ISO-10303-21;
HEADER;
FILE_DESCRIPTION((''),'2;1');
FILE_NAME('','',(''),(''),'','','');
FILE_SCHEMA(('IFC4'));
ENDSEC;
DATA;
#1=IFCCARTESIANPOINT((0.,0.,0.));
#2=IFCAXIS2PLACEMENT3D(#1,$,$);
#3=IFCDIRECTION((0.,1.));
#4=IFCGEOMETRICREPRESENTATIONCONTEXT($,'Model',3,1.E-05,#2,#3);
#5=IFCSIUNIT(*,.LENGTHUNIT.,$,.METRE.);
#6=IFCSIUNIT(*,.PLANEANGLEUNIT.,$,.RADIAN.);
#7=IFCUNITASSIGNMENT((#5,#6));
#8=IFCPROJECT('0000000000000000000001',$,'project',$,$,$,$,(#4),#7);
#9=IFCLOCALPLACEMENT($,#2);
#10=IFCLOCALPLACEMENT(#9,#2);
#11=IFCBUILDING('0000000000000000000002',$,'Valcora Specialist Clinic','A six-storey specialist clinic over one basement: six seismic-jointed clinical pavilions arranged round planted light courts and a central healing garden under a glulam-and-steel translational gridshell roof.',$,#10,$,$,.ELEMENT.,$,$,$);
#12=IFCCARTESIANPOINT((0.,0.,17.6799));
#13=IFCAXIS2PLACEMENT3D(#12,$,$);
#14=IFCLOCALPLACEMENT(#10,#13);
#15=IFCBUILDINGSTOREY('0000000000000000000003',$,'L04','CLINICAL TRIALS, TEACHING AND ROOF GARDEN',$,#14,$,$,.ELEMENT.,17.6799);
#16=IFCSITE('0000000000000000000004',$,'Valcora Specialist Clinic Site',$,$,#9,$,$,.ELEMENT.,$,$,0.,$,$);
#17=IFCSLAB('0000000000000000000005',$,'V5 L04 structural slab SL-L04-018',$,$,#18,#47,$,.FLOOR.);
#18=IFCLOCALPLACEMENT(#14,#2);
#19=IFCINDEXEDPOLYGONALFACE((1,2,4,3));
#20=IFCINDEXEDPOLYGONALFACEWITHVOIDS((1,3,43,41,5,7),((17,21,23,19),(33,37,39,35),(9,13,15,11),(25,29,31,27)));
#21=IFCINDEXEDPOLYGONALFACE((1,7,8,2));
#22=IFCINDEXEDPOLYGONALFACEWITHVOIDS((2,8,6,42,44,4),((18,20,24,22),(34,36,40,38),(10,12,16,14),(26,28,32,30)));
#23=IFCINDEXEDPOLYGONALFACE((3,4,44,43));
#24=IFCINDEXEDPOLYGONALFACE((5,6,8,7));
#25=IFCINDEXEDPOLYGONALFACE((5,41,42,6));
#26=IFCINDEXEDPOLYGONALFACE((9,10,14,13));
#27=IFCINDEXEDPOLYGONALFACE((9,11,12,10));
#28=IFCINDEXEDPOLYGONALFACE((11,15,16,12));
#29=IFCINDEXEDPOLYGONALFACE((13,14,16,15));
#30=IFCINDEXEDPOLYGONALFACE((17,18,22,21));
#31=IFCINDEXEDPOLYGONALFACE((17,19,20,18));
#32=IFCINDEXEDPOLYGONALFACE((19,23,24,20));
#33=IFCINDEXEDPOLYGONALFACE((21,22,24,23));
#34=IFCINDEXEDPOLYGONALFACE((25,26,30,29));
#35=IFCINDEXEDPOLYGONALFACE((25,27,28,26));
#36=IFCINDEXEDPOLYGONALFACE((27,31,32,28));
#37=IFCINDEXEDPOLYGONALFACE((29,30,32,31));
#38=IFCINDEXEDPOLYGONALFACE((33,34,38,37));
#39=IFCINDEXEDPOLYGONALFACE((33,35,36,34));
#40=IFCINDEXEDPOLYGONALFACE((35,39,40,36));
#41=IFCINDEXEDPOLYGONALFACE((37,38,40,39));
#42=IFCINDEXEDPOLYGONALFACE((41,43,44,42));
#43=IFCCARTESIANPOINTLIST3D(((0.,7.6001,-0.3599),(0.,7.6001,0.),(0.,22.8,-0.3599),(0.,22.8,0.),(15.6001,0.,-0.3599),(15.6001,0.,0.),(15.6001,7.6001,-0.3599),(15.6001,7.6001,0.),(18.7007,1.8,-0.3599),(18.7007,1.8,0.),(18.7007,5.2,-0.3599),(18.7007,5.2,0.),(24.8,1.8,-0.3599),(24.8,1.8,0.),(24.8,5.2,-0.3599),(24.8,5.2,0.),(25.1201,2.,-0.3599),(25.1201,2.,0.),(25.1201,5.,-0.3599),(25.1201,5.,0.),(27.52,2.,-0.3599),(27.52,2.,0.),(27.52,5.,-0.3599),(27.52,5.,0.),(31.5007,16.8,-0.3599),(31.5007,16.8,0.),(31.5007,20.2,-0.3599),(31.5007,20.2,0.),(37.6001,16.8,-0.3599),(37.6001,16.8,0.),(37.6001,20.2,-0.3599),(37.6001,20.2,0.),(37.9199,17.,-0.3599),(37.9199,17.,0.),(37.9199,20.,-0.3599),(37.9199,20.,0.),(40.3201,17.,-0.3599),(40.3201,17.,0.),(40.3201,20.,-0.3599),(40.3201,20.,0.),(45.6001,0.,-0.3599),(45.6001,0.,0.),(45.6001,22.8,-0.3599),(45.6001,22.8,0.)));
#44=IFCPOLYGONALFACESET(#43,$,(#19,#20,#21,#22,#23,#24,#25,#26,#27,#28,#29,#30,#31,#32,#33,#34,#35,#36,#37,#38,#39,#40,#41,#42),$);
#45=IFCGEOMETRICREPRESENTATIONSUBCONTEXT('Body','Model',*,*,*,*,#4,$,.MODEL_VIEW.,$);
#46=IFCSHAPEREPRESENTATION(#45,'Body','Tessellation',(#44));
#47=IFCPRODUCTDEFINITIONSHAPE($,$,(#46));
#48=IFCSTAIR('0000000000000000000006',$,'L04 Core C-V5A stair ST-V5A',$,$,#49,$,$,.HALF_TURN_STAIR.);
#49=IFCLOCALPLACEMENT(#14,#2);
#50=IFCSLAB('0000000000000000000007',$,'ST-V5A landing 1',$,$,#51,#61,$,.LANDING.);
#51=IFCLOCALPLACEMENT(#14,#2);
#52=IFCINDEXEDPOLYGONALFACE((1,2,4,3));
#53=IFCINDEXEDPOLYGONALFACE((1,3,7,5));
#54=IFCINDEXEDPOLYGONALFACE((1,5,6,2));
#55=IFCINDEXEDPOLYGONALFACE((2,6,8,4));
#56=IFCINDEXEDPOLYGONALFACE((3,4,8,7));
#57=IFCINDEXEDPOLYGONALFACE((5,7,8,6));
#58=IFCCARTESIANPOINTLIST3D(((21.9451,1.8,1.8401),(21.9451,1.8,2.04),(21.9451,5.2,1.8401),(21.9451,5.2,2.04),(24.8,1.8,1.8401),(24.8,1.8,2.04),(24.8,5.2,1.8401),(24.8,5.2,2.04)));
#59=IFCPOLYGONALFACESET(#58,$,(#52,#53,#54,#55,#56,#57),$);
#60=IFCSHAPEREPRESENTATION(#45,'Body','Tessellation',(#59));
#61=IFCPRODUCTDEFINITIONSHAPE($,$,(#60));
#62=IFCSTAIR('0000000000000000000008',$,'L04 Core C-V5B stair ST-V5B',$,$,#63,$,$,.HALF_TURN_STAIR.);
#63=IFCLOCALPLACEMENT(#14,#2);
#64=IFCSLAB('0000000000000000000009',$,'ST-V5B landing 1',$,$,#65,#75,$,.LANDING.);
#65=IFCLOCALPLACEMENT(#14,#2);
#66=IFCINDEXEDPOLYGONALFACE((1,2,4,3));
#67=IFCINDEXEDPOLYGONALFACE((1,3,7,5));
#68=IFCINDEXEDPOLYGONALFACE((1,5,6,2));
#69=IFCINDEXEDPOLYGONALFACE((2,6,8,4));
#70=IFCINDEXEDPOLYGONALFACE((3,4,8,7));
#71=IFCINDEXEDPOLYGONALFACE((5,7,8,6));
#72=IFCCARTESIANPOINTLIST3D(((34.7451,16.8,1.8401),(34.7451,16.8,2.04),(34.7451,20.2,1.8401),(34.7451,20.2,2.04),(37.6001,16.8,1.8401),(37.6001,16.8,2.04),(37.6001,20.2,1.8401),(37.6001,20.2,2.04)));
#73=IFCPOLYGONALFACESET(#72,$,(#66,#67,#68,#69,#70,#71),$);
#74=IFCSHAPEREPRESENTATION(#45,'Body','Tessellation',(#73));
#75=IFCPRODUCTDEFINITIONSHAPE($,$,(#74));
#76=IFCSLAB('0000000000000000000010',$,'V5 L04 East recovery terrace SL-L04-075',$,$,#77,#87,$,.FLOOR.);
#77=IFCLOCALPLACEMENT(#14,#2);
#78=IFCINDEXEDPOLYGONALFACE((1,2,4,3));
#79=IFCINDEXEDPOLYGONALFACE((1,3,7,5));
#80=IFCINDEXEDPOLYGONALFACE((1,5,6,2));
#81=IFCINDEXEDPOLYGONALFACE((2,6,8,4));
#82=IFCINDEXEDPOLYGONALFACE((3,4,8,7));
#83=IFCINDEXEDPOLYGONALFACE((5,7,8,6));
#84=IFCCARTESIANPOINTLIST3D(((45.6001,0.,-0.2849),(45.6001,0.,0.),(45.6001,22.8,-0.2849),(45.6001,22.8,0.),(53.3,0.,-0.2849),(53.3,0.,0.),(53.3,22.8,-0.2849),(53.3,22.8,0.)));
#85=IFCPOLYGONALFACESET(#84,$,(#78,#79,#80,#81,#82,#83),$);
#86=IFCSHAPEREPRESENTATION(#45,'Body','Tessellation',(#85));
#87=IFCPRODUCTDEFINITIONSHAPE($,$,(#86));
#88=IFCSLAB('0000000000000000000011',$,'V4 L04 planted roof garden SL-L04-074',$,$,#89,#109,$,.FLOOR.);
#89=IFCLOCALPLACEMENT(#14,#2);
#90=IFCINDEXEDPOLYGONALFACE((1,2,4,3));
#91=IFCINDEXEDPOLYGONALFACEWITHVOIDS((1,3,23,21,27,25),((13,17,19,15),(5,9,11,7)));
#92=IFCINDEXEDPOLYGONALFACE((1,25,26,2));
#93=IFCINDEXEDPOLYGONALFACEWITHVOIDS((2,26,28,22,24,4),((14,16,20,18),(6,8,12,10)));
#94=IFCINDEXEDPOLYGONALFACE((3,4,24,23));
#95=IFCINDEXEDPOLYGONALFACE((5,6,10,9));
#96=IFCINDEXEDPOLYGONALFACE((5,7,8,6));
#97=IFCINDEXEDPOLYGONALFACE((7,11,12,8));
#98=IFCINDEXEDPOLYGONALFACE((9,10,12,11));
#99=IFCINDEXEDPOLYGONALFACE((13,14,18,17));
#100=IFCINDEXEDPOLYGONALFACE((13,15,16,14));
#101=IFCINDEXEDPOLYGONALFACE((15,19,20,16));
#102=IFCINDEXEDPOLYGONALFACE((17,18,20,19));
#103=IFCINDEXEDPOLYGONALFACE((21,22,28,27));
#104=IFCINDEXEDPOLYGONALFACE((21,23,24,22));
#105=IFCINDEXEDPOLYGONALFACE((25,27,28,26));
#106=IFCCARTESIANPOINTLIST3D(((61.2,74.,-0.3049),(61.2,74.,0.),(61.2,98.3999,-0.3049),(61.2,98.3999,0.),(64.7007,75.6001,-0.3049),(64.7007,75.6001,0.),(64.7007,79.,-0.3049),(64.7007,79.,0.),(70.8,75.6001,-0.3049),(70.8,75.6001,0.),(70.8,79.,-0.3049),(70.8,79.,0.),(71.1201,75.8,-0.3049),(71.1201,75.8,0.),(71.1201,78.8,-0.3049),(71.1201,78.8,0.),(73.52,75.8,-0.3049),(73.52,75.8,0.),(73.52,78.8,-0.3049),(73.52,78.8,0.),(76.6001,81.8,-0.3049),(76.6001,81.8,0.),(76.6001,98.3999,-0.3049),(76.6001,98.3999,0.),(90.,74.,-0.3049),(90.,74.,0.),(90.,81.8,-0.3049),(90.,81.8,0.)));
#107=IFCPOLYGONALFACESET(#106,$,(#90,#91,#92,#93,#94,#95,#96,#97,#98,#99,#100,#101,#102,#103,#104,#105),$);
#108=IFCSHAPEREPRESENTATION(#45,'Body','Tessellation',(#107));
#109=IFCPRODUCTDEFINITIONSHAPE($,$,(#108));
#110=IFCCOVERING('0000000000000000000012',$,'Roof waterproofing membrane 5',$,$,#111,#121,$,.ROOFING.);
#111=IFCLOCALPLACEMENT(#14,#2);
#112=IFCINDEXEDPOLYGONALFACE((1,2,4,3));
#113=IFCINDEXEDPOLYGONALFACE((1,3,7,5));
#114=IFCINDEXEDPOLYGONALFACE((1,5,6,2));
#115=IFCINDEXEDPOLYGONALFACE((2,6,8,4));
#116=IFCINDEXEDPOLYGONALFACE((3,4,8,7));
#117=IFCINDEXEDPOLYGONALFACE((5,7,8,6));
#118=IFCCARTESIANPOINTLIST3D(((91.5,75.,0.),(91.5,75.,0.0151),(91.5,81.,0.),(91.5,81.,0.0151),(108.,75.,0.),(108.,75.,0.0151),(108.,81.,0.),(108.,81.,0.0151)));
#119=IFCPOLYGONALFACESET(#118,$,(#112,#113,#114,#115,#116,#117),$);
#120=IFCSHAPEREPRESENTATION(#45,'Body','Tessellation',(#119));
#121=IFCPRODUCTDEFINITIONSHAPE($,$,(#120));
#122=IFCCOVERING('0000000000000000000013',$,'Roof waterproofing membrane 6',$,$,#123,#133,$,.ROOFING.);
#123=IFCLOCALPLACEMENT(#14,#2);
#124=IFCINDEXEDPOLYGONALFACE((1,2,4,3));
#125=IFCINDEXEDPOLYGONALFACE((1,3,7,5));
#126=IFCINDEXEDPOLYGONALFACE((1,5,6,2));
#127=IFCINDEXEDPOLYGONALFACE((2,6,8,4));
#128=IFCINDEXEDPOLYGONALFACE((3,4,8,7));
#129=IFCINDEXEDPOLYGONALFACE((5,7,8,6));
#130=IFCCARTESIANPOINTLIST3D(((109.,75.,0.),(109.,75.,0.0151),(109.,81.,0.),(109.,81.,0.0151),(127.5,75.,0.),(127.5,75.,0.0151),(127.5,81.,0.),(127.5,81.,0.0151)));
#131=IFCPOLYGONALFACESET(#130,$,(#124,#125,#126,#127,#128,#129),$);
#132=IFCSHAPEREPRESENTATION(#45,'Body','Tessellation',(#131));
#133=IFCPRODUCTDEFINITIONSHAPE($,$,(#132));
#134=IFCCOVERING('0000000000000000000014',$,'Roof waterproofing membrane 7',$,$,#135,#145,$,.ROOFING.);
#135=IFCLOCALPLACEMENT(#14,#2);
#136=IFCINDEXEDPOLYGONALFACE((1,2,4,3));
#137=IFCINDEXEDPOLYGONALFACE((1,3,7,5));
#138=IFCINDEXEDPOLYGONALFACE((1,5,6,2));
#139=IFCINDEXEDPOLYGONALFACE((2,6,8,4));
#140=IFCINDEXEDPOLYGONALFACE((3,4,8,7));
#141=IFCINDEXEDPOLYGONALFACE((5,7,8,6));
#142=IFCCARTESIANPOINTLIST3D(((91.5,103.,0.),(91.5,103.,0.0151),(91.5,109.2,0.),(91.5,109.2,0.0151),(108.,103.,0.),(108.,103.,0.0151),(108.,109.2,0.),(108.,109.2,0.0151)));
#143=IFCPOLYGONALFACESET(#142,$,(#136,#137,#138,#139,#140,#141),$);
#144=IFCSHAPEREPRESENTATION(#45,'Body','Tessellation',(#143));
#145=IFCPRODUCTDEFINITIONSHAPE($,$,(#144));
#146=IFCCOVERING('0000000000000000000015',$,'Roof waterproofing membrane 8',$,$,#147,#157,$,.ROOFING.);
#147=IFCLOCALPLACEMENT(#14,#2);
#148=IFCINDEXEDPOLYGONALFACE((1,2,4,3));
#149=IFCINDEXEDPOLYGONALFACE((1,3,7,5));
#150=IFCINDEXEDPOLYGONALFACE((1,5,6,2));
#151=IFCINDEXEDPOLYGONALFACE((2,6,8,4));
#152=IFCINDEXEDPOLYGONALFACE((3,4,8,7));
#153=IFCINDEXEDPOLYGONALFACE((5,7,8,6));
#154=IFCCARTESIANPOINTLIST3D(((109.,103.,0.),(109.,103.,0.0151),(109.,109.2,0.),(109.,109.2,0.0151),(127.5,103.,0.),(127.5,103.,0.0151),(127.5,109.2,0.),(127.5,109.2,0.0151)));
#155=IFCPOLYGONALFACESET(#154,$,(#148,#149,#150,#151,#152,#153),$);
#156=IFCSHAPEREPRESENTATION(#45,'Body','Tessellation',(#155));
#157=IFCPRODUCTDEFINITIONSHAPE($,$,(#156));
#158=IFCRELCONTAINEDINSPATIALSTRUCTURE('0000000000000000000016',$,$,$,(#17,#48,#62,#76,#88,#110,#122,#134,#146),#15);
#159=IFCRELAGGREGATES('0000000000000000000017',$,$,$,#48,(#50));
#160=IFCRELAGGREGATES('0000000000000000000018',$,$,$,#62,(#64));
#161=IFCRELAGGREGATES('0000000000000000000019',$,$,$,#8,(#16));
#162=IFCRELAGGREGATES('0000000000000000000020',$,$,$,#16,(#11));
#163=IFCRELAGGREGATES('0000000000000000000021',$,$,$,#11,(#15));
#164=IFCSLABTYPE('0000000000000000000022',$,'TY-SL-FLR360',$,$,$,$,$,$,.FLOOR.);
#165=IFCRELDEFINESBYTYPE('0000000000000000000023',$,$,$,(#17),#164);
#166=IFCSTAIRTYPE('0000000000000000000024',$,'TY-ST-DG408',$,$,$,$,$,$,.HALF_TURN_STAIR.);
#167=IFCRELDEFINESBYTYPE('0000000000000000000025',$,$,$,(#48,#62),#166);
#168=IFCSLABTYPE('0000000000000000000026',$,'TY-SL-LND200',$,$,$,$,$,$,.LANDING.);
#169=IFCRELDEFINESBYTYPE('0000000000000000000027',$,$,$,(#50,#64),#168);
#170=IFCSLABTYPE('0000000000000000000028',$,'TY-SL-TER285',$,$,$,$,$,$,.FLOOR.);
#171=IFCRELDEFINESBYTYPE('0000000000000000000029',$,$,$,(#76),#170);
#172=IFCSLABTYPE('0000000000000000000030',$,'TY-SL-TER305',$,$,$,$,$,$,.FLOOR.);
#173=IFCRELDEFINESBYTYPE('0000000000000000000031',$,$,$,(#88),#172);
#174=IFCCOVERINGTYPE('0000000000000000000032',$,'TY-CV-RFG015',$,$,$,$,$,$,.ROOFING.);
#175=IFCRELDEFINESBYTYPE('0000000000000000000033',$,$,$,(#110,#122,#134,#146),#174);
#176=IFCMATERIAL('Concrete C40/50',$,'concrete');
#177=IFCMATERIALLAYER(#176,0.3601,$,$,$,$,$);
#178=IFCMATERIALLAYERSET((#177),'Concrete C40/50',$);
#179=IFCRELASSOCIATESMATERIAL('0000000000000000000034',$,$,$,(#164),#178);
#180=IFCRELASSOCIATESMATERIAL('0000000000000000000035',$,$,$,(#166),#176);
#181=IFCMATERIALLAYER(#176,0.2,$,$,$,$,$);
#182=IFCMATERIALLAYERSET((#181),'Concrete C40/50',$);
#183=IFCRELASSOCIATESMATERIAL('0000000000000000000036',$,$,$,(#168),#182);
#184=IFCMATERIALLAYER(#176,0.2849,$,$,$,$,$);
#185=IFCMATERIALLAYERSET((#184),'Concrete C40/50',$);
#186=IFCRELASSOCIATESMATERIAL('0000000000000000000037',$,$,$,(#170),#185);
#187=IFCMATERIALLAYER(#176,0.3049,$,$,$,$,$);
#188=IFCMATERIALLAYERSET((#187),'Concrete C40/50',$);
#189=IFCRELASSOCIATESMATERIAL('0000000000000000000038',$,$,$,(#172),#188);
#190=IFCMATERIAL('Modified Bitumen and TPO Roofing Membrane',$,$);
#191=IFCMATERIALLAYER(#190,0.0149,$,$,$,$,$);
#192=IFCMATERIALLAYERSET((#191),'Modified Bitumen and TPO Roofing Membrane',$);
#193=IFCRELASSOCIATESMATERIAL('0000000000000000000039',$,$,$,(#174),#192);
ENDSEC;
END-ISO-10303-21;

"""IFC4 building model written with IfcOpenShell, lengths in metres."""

from ifc_helpers import new_model, si_unit, direction, frame, origin, place, context, subcontext, project, spatial, polyline, outline, extrude, material, layer, layer_set, type_object, element, aggregate, save


model = new_model("IFC4")

# Units and contexts
model_context = context("Model", 3, precision=1e-05, world=origin(), true_north=direction((0.0, 1.0)))
body_context = subcontext(model_context, "Body", "Model", "MODEL_VIEW")
ifc_project = project(units=[si_unit("LENGTHUNIT", "METRE"), si_unit("PLANEANGLEUNIT", "RADIAN")], contexts=[model_context])

# Site, building, storey
site_placement = place(None, origin())
site = spatial("IfcSite", under=ifc_project, at=site_placement, Name="Valcora Specialist Clinic Site", CompositionType="ELEMENT", RefElevation=0.0)
building_placement = place(site_placement, origin())
building = spatial("IfcBuilding", under=site, at=building_placement, Name="Valcora Specialist Clinic", Description="A six-storey specialist clinic over one basement: six seismic-jointed clinical pavilions arranged round planted light courts and a central healing garden under a glulam-and-steel translational gridshell roof.", CompositionType="ELEMENT")
storey_placement = place(building_placement, frame((0.0, 0.0, 17.6799)))
storey = spatial("IfcBuildingStorey", under=building, at=storey_placement, Name="L04", Description="CLINICAL TRIALS, TEACHING AND ROOF GARDEN", CompositionType="ELEMENT", Elevation=17.6799)

# Slab
ifc_material_1 = material(Name="Concrete C40/50", Category="concrete")
ifc_layer_1 = layer(ifc_material_1, 0.3601)
ifc_layer_set_1 = layer_set([ifc_layer_1], Name="Concrete C40/50")
slab_type_1 = type_object("IfcSlabType", Name="TY-SL-FLR360", PredefinedType="FLOOR", material=ifc_layer_set_1)
slab_1_placement = place(storey_placement, frame((0.0, 0.0, -0.3599)))
element("IfcSlab", 1, at=slab_1_placement, inside=storey, type_object=slab_type_1, Name="V5 L04 structural slab SL-L04-018", PredefinedType="FLOOR", context=body_context, shape_type="SweptSolid", body=[
    extrude(outline(polyline([(15.6001, 0.0), (45.6001, 0.0), (45.6001, 22.8), (0.0, 22.8), (0.0, 7.6001), (15.6001, 7.6001), (15.6001, 0.0)]), holes=[polyline([(18.7007, 1.8), (24.8, 1.8), (24.8, 5.2), (18.7007, 5.2), (18.7007, 1.8)]), polyline([(25.1201, 2.0), (27.52, 2.0), (27.52, 5.0), (25.1201, 5.0), (25.1201, 2.0)]), polyline([(31.5007, 16.8), (37.6001, 16.8), (37.6001, 20.2), (31.5007, 20.2), (31.5007, 16.8)]), polyline([(37.9199, 17.0), (40.3201, 17.0), (40.3201, 20.0), (37.9199, 20.0), (37.9199, 17.0)])]), origin(), (0.0, 0.0, 1.0), 0.3599),
])

# Stairs, slabs
stair_type = type_object("IfcStairType", Name="TY-ST-DG408", PredefinedType="HALF_TURN_STAIR", material=ifc_material_1)
stair_1_placement = place(storey_placement, origin())
stair_1 = element("IfcStair", 2, at=stair_1_placement, inside=storey, type_object=stair_type, Name="L04 Core C-V5A stair ST-V5A", PredefinedType="HALF_TURN_STAIR")
ifc_layer_2 = layer(ifc_material_1, 0.2)
ifc_layer_set_2 = layer_set([ifc_layer_2], Name="Concrete C40/50")
slab_type_2 = type_object("IfcSlabType", Name="TY-SL-LND200", PredefinedType="LANDING", material=ifc_layer_set_2)
slab_2_placement = place(storey_placement, frame((0.0, 0.0, 1.8401)))
slab_2 = element("IfcSlab", 3, at=slab_2_placement, type_object=slab_type_2, Name="ST-V5A landing 1", PredefinedType="LANDING", context=body_context, shape_type="SweptSolid", body=[
    extrude(outline(polyline([(21.9451, 1.8), (24.8, 1.8), (24.8, 5.2), (21.9451, 5.2), (21.9451, 1.8)])), origin(), (0.0, 0.0, 1.0), 0.2),
])
aggregate(stair_1, [slab_2])
stair_2_placement = place(storey_placement, origin())
stair_2 = element("IfcStair", 4, at=stair_2_placement, inside=storey, type_object=stair_type, Name="L04 Core C-V5B stair ST-V5B", PredefinedType="HALF_TURN_STAIR")
slab_3_placement = place(storey_placement, frame((0.0, 0.0, 1.8401)))
slab_3 = element("IfcSlab", 5, at=slab_3_placement, type_object=slab_type_2, Name="ST-V5B landing 1", PredefinedType="LANDING", context=body_context, shape_type="SweptSolid", body=[
    extrude(outline(polyline([(34.7451, 16.8), (37.6001, 16.8), (37.6001, 20.2), (34.7451, 20.2), (34.7451, 16.8)])), origin(), (0.0, 0.0, 1.0), 0.2),
])
aggregate(stair_2, [slab_3])

# Slabs
ifc_layer_3 = layer(ifc_material_1, 0.2849)
ifc_layer_set_3 = layer_set([ifc_layer_3], Name="Concrete C40/50")
slab_type_3 = type_object("IfcSlabType", Name="TY-SL-TER285", PredefinedType="FLOOR", material=ifc_layer_set_3)
slab_4_placement = place(storey_placement, frame((0.0, 0.0, -0.2849)))
element("IfcSlab", 6, at=slab_4_placement, inside=storey, type_object=slab_type_3, Name="V5 L04 East recovery terrace SL-L04-075", PredefinedType="FLOOR", context=body_context, shape_type="SweptSolid", body=[
    extrude(outline(polyline([(45.6001, 0.0), (53.3, 0.0), (53.3, 22.8), (45.6001, 22.8), (45.6001, 0.0)])), origin(), (0.0, 0.0, 1.0), 0.2849),
])
ifc_layer_4 = layer(ifc_material_1, 0.3049)
ifc_layer_set_4 = layer_set([ifc_layer_4], Name="Concrete C40/50")
slab_type_4 = type_object("IfcSlabType", Name="TY-SL-TER305", PredefinedType="FLOOR", material=ifc_layer_set_4)
slab_5_placement = place(storey_placement, frame((0.0, 0.0, -0.3049)))
element("IfcSlab", 7, at=slab_5_placement, inside=storey, type_object=slab_type_4, Name="V4 L04 planted roof garden SL-L04-074", PredefinedType="FLOOR", context=body_context, shape_type="SweptSolid", body=[
    extrude(outline(polyline([(61.2, 74.0), (90.0, 74.0), (90.0, 81.8), (76.6001, 81.8), (76.6001, 98.3999), (61.2, 98.3999), (61.2, 74.0)]), holes=[polyline([(64.7007, 75.6001), (70.8, 75.6001), (70.8, 79.0), (64.7007, 79.0), (64.7007, 75.6001)]), polyline([(71.1201, 75.8), (73.52, 75.8), (73.52, 78.8), (71.1201, 78.8), (71.1201, 75.8)])]), origin(), (0.0, 0.0, 1.0), 0.3049),
])

# Coverings
ifc_material_2 = material(Name="Modified Bitumen and TPO Roofing Membrane")
ifc_layer_5 = layer(ifc_material_2, 0.0149)
ifc_layer_set_5 = layer_set([ifc_layer_5], Name="Modified Bitumen and TPO Roofing Membrane")
covering_type = type_object("IfcCoveringType", Name="TY-CV-RFG015", PredefinedType="ROOFING", material=ifc_layer_set_5)
covering_1_placement = place(storey_placement, origin())
element("IfcCovering", 8, at=covering_1_placement, inside=storey, type_object=covering_type, Name="Roof waterproofing membrane 5", PredefinedType="ROOFING", context=body_context, shape_type="SweptSolid", body=[
    extrude(outline(polyline([(91.5, 75.0), (108.0, 75.0), (108.0, 81.0), (91.5, 81.0), (91.5, 75.0)])), origin(), (0.0, 0.0, 1.0), 0.0151),
])
covering_2_placement = place(storey_placement, origin())
element("IfcCovering", 9, at=covering_2_placement, inside=storey, type_object=covering_type, Name="Roof waterproofing membrane 6", PredefinedType="ROOFING", context=body_context, shape_type="SweptSolid", body=[
    extrude(outline(polyline([(109.0, 75.0), (127.5, 75.0), (127.5, 81.0), (109.0, 81.0), (109.0, 75.0)])), origin(), (0.0, 0.0, 1.0), 0.0151),
])
covering_3_placement = place(storey_placement, origin())
element("IfcCovering", 10, at=covering_3_placement, inside=storey, type_object=covering_type, Name="Roof waterproofing membrane 7", PredefinedType="ROOFING", context=body_context, shape_type="SweptSolid", body=[
    extrude(outline(polyline([(91.5, 103.0), (108.0, 103.0), (108.0, 109.2), (91.5, 109.2), (91.5, 103.0)])), origin(), (0.0, 0.0, 1.0), 0.0151),
])
covering_4_placement = place(storey_placement, origin())
element("IfcCovering", 11, at=covering_4_placement, inside=storey, type_object=covering_type, Name="Roof waterproofing membrane 8", PredefinedType="ROOFING", context=body_context, shape_type="SweptSolid", body=[
    extrude(outline(polyline([(109.0, 103.0), (127.5, 103.0), (127.5, 109.2), (109.0, 109.2), (109.0, 103.0)])), origin(), (0.0, 0.0, 1.0), 0.0151),
])

save(model, "model.ifc")
